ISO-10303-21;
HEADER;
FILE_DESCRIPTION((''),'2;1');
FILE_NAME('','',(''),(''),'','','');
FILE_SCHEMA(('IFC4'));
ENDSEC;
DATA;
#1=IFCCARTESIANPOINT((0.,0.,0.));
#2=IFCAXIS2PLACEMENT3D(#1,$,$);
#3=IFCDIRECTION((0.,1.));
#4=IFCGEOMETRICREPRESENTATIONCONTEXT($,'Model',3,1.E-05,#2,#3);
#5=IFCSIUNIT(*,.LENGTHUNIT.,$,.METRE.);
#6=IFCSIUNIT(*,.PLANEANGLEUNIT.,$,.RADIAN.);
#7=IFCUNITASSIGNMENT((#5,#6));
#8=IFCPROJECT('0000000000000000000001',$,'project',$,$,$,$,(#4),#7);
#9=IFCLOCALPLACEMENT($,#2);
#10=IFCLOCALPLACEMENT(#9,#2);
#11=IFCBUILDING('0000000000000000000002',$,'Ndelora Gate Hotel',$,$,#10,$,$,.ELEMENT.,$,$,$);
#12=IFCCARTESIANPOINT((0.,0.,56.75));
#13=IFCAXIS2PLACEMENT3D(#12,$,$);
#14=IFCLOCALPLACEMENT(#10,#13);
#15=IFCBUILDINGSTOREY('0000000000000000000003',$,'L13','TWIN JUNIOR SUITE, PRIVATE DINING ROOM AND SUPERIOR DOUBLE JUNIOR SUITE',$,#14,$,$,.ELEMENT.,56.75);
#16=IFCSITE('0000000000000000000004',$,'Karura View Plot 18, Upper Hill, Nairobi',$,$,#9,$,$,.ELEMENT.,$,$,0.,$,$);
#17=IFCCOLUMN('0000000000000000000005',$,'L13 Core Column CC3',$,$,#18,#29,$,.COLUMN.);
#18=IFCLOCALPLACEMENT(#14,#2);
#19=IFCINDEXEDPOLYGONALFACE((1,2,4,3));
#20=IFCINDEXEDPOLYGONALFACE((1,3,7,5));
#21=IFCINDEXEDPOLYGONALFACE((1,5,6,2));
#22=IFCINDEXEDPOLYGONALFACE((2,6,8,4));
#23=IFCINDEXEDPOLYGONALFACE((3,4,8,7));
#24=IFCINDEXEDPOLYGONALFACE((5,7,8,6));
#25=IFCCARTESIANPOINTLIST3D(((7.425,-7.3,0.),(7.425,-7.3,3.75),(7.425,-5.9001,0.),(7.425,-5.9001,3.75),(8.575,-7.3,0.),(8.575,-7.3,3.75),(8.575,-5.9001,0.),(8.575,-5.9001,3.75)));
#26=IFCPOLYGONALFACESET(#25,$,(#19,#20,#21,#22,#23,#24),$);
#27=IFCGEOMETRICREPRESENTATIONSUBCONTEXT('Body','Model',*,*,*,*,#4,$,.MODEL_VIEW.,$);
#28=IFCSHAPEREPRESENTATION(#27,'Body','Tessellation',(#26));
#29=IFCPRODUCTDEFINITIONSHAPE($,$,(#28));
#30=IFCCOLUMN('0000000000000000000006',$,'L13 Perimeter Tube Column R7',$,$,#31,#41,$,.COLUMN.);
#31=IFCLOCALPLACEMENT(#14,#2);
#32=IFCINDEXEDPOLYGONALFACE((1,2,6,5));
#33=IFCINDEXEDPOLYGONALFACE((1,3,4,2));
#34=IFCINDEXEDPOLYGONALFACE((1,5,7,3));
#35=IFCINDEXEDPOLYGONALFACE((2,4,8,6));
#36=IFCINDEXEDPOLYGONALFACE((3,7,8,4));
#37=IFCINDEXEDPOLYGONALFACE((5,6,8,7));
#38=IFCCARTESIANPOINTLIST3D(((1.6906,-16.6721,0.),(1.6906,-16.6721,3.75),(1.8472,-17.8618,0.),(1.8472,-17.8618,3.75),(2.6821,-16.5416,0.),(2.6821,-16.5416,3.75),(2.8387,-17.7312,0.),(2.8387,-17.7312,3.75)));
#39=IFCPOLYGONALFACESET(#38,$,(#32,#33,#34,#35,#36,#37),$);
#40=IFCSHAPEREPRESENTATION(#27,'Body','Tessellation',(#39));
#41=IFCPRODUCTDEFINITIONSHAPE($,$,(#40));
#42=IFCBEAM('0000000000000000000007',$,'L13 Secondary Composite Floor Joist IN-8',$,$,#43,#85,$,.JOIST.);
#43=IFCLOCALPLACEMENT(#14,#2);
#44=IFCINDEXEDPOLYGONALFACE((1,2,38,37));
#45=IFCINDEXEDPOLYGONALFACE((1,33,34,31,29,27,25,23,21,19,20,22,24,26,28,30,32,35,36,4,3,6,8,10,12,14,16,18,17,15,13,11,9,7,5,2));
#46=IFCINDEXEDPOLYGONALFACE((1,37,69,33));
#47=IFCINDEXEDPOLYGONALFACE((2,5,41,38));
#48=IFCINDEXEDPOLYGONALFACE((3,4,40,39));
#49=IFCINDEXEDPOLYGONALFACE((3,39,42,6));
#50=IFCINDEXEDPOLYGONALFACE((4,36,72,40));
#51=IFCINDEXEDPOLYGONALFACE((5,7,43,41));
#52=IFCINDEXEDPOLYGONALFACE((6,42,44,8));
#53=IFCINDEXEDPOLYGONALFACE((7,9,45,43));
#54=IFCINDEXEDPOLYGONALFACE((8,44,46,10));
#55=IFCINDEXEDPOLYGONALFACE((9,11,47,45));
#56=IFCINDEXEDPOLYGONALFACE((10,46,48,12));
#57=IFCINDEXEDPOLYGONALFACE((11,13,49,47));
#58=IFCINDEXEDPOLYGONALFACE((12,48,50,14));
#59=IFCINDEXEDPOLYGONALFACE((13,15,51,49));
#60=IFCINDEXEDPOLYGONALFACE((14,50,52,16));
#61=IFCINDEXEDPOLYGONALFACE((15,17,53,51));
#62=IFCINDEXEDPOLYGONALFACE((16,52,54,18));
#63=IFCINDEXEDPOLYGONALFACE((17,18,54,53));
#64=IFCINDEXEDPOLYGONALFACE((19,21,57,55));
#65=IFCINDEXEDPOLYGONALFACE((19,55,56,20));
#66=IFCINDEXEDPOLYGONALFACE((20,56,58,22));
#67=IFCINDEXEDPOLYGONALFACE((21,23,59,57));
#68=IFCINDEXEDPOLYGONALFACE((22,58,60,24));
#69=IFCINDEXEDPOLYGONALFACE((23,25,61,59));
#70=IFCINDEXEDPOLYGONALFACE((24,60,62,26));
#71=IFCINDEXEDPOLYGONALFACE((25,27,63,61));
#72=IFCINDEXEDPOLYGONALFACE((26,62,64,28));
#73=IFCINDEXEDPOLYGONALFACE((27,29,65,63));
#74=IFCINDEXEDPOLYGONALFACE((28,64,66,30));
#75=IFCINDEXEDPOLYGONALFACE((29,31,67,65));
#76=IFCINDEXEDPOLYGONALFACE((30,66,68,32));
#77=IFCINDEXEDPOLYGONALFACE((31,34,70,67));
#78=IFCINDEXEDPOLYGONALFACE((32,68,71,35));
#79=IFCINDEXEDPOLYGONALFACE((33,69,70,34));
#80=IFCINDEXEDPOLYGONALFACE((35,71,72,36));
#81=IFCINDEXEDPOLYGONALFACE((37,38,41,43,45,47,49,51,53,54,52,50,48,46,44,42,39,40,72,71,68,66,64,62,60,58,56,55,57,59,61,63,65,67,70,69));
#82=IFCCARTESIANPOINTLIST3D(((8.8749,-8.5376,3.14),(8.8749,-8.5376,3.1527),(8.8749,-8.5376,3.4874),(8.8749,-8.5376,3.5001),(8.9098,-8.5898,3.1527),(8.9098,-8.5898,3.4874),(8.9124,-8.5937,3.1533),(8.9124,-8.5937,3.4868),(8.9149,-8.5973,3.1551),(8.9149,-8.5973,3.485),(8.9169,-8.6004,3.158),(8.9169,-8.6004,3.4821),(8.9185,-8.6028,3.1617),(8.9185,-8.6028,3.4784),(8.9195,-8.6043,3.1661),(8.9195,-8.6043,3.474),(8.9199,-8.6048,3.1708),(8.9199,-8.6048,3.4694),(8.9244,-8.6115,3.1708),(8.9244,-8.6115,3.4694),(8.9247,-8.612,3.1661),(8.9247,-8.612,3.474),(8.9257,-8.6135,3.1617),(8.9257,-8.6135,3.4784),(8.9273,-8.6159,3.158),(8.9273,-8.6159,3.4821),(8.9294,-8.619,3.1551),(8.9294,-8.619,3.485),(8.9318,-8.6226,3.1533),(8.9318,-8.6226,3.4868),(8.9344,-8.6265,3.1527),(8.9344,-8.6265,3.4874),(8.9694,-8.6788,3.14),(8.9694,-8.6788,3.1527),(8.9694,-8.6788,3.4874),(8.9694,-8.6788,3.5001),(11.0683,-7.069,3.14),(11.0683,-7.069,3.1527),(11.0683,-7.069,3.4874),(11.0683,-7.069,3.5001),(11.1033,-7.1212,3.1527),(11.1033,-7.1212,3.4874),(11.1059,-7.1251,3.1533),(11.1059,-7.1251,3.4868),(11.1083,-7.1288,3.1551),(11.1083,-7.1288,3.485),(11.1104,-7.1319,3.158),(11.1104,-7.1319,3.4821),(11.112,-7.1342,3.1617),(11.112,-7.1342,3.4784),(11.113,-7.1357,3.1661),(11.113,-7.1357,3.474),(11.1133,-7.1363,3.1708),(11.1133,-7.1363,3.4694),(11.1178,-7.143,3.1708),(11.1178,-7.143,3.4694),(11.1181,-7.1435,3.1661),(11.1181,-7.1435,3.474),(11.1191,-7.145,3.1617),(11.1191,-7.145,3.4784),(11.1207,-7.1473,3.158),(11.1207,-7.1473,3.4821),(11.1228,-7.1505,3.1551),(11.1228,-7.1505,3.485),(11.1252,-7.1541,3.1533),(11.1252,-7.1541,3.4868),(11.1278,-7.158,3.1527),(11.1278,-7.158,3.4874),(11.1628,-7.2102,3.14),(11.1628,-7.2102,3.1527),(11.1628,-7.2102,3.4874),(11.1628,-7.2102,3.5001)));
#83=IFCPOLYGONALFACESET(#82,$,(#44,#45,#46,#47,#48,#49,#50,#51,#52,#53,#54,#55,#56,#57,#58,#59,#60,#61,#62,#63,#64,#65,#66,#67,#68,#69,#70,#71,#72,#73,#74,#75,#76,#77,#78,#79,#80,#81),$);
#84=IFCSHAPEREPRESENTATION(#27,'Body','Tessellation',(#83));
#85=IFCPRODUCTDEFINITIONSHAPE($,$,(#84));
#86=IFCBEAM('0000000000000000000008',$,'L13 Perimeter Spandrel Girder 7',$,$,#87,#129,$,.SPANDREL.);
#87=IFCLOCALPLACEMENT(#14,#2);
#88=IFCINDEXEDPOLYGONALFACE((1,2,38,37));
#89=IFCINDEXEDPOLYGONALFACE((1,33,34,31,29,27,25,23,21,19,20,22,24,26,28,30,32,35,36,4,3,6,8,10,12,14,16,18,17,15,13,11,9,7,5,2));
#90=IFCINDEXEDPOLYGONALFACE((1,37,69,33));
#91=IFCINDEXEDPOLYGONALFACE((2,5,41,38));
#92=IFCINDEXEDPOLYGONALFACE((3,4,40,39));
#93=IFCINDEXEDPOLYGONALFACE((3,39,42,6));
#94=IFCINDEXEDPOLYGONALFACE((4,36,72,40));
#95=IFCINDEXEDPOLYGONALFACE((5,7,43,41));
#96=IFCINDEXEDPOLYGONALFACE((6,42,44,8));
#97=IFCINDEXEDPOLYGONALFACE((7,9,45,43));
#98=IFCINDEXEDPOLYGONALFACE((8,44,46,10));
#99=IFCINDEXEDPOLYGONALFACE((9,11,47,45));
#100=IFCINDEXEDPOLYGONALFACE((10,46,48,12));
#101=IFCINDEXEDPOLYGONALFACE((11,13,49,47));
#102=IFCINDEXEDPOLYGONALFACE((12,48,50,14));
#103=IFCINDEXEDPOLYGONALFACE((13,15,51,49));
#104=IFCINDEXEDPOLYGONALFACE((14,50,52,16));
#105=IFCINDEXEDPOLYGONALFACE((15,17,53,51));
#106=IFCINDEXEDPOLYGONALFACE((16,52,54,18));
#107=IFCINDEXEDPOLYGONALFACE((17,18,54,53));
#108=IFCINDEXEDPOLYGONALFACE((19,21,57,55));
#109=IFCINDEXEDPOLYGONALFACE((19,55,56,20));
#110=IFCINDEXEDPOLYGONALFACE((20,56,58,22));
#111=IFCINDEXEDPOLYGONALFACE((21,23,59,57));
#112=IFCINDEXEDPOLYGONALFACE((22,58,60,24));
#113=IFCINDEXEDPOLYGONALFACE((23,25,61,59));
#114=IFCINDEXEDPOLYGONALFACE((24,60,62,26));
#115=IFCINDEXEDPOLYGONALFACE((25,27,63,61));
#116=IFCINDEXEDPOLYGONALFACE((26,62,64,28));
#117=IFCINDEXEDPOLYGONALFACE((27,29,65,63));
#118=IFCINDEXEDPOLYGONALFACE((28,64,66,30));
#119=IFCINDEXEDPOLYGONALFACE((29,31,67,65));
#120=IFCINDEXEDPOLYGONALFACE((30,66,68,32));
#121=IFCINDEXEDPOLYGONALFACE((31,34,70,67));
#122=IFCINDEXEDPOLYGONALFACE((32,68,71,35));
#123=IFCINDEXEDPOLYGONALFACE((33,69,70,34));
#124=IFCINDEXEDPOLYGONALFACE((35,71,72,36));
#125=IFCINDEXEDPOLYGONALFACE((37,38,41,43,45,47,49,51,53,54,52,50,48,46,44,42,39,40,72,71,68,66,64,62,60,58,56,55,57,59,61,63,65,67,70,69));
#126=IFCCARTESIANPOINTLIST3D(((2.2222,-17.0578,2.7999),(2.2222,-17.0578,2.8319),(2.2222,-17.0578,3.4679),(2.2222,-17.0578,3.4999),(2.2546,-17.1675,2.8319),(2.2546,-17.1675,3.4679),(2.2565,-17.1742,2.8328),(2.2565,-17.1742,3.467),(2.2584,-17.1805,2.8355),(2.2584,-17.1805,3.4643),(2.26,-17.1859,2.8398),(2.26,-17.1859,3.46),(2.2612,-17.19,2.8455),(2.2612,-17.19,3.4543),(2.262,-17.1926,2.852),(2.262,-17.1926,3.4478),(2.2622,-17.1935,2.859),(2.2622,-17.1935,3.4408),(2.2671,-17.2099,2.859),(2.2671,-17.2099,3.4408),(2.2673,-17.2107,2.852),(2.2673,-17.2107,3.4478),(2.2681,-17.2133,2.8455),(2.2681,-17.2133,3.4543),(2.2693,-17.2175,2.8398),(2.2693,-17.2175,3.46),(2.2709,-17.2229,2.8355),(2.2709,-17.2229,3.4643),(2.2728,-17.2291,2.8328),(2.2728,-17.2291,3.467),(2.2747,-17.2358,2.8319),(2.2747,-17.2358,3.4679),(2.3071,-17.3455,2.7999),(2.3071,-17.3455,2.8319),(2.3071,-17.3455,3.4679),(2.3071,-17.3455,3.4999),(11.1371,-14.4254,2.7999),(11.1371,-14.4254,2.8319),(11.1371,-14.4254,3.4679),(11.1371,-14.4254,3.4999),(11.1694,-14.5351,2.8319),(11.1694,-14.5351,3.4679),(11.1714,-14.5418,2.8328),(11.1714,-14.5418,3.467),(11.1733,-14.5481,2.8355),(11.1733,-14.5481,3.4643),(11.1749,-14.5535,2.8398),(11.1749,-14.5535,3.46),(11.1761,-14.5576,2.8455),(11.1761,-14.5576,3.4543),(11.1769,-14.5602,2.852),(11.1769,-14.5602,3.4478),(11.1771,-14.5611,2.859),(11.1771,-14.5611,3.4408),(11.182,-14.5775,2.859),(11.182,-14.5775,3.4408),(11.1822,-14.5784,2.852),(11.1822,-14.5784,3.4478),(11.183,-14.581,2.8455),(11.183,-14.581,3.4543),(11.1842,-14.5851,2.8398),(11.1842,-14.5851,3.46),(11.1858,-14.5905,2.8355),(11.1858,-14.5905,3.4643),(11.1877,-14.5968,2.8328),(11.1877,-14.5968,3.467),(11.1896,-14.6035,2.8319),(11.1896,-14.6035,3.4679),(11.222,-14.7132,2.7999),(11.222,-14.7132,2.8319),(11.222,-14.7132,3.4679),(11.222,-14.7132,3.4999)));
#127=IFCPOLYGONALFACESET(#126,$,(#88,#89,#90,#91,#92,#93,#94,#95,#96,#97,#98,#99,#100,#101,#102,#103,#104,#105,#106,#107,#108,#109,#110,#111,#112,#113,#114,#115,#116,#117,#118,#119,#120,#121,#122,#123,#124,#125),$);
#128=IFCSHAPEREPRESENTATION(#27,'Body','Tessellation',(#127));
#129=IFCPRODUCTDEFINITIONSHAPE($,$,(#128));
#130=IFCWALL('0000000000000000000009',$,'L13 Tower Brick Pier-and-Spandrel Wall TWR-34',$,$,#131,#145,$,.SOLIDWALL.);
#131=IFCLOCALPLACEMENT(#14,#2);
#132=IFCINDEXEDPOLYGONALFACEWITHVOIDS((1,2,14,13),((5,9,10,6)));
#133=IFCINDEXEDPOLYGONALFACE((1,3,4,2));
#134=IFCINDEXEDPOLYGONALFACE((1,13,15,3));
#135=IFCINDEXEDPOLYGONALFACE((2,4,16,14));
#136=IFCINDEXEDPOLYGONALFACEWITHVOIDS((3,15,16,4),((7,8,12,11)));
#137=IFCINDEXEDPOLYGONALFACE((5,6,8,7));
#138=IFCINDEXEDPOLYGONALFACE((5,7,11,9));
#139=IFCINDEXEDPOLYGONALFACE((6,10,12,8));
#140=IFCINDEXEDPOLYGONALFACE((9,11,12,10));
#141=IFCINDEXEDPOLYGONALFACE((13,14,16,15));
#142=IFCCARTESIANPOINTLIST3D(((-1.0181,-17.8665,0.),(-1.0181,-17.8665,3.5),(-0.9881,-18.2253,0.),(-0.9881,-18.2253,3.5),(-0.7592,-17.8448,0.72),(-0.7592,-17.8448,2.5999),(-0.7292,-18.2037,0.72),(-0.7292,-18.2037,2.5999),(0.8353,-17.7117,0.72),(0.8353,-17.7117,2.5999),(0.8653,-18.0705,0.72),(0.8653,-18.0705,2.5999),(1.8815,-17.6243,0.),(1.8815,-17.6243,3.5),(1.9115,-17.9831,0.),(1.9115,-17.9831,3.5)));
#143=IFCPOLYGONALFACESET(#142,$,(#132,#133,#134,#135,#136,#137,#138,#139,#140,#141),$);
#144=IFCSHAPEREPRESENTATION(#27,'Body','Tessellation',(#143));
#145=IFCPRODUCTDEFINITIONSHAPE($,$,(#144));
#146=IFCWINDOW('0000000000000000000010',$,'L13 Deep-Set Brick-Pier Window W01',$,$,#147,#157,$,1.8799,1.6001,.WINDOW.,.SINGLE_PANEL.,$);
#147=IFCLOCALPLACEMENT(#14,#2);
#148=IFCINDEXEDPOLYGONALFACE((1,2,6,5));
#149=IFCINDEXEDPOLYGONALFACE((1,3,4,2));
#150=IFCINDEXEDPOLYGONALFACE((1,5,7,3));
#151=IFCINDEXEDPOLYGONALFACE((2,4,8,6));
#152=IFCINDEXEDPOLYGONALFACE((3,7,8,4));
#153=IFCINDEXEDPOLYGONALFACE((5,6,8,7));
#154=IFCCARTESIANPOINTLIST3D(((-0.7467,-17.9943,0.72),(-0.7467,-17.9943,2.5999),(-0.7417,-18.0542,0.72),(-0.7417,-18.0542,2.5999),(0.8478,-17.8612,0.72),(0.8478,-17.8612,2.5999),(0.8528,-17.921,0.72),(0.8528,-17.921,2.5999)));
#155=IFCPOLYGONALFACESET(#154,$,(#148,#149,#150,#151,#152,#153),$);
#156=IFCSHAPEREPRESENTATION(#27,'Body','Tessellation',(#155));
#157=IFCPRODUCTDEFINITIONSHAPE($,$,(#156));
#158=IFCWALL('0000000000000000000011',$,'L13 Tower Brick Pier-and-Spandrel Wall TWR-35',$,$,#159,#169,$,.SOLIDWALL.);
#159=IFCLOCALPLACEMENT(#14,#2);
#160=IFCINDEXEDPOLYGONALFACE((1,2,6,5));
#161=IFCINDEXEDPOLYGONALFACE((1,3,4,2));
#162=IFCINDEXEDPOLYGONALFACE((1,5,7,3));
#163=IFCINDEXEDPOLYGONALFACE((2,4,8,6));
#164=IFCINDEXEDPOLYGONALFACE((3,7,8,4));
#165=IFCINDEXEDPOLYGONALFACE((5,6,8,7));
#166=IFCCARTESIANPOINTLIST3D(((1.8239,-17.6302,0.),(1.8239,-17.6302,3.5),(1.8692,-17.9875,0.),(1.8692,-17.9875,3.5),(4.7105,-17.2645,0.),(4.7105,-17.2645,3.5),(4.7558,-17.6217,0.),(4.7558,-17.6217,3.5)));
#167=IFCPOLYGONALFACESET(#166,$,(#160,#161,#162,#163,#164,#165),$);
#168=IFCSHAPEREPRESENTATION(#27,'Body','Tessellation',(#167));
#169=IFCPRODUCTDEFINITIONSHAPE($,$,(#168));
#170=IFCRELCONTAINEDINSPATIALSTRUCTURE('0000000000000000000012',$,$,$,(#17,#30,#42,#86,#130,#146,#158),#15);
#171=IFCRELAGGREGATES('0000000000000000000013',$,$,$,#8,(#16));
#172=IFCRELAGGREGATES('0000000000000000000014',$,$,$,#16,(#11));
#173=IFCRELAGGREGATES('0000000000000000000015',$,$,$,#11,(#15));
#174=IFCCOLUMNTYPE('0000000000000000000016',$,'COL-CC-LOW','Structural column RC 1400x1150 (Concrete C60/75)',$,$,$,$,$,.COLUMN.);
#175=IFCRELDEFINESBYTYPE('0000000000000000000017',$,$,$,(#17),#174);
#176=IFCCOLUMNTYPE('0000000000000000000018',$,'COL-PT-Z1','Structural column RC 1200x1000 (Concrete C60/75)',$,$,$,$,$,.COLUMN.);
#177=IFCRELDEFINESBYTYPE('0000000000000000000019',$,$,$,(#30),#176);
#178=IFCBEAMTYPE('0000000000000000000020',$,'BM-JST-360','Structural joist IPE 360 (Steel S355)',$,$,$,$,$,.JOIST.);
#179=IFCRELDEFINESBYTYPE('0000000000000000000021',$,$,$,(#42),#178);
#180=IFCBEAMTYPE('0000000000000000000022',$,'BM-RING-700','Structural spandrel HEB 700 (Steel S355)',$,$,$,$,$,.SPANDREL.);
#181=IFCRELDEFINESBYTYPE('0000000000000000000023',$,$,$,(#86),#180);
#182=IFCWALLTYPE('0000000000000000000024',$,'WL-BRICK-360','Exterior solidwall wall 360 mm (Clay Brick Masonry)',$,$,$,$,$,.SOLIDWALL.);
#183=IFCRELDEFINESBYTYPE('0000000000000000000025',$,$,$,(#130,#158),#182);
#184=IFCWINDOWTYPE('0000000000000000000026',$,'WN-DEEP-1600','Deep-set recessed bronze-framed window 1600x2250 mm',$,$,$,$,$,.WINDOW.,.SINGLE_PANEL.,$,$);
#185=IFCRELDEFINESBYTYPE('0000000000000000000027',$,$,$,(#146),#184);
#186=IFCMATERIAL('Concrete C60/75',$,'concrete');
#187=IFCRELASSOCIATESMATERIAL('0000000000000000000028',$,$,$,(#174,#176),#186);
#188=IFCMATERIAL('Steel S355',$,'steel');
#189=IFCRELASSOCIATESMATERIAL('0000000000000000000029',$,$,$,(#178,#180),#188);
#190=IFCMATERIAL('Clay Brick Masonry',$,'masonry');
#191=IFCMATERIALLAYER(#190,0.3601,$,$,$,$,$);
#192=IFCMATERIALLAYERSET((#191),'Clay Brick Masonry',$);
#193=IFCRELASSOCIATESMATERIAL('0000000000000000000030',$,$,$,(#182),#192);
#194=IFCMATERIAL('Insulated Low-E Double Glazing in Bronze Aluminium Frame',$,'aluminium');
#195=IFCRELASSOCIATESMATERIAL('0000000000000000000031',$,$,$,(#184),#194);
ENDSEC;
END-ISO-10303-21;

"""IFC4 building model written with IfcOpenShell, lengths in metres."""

from ifc_helpers import new_model, si_unit, direction, frame, frame_2d, origin, origin_2d, place, context, subcontext, project, spatial, rectangle, i_section, extrude, material, layer, layer_set, material_profile, profile_set, type_object, element, fill, save


model = new_model("IFC4")

# Units and contexts
model_context = context("Model", 3, precision=1e-05, world=origin(), true_north=direction((0.0, 1.0)))
body_context = subcontext(model_context, "Body", "Model", "MODEL_VIEW")
ifc_project = project(units=[si_unit("LENGTHUNIT", "METRE"), si_unit("PLANEANGLEUNIT", "RADIAN")], contexts=[model_context])

# Site, building, storey
site_placement = place(None, origin())
site = spatial("IfcSite", under=ifc_project, at=site_placement, Name="Karura View Plot 18, Upper Hill, Nairobi", CompositionType="ELEMENT", RefElevation=0.0)
building_placement = place(site_placement, origin())
building = spatial("IfcBuilding", under=site, at=building_placement, Name="Ndelora Gate Hotel", CompositionType="ELEMENT")
storey_placement = place(building_placement, frame((0.0, 0.0, 56.75)))
storey = spatial("IfcBuildingStorey", under=building, at=storey_placement, Name="L13", Description="TWIN JUNIOR SUITE, PRIVATE DINING ROOM AND SUPERIOR DOUBLE JUNIOR SUITE", CompositionType="ELEMENT", Elevation=56.75)

# Columns
ifc_material_1 = material(Name="Concrete C60/75", Category="concrete")
ifc_material_profile_1 = material_profile(ifc_material_1, rectangle(XDim=1.1499, YDim=1.3999, at=origin_2d()), Name="RC 1400x1150")
ifc_profile_set_1 = profile_set([ifc_material_profile_1], Name="Concrete C60/75")
column_type_1 = type_object("IfcColumnType", Name="COL-CC-LOW", Description="Structural column RC 1400x1150 (Concrete C60/75)", PredefinedType="COLUMN", material=ifc_profile_set_1)
column_1_placement = place(storey_placement, frame((8.0, -6.6001, 0.0), z_axis=(0.0, 0.0, 1.0), x_axis=(1.0, 0.0, 0.0)))
element("IfcColumn", 1, at=column_1_placement, inside=storey, type_object=column_type_1, Name="L13 Core Column CC3", PredefinedType="COLUMN", context=body_context, shape_type="SweptSolid", body=[
    extrude(rectangle(XDim=1.1499, YDim=1.3999, at=origin_2d()), origin(), (0.0, 0.0, 1.0), 3.75),
])
ifc_material_profile_2 = material_profile(ifc_material_1, rectangle(XDim=1.0, YDim=1.2, at=origin_2d()), Name="RC 1200x1000")
ifc_profile_set_2 = profile_set([ifc_material_profile_2], Name="Concrete C60/75")
column_type_2 = type_object("IfcColumnType", Name="COL-PT-Z1", Description="Structural column RC 1200x1000 (Concrete C60/75)", PredefinedType="COLUMN", material=ifc_profile_set_2)
column_2_placement = place(storey_placement, frame((2.2646, -17.2017, 0.0), z_axis=(0.0, 0.0, 1.0), x_axis=(0.991445, 0.130526, 0.0)))
element("IfcColumn", 2, at=column_2_placement, inside=storey, type_object=column_type_2, Name="L13 Perimeter Tube Column R7", PredefinedType="COLUMN", context=body_context, shape_type="SweptSolid", body=[
    extrude(rectangle(XDim=1.0, YDim=1.2, at=origin_2d()), origin(), (0.0, 0.0, 1.0), 3.75),
])

# Beams
ifc_material_2 = material(Name="Steel S355", Category="steel")
ifc_material_profile_3 = material_profile(ifc_material_2, i_section(OverallWidth=0.1699, OverallDepth=0.3601, WebThickness=0.0081, FlangeThickness=0.0127, FilletRadius=0.0181, at=origin_2d()), Name="IPE 360")
ifc_profile_set_3 = profile_set([ifc_material_profile_3], Name="Steel S355")
beam_type_1 = type_object("IfcBeamType", Name="BM-JST-360", Description="Structural joist IPE 360 (Steel S355)", PredefinedType="JOIST", material=ifc_profile_set_3)
beam_1_placement = place(storey_placement, frame((8.9221, -8.6082, 3.3201), z_axis=(0.830953, 0.556343, 0.0), x_axis=(-0.556343, 0.830953, 0.0)))
element("IfcBeam", 3, at=beam_1_placement, inside=storey, type_object=beam_type_1, Name="L13 Secondary Composite Floor Joist IN-8", PredefinedType="JOIST", context=body_context, shape_type="SweptSolid", body=[
    extrude(i_section(OverallWidth=0.1699, OverallDepth=0.3601, WebThickness=0.0081, FlangeThickness=0.0127, FilletRadius=0.0181, at=origin_2d()), origin(), (0.0, 0.0, 1.0), 2.6396),
])
ifc_material_profile_4 = material_profile(ifc_material_2, i_section(OverallWidth=0.3, OverallDepth=0.7, WebThickness=0.0171, FlangeThickness=0.032, FilletRadius=0.0271, at=origin_2d()), Name="HEB 700")
ifc_profile_set_4 = profile_set([ifc_material_profile_4], Name="Steel S355")
beam_type_2 = type_object("IfcBeamType", Name="BM-RING-700", Description="Structural spandrel HEB 700 (Steel S355)", PredefinedType="SPANDREL", material=ifc_profile_set_4)
beam_2_placement = place(storey_placement, frame((2.2646, -17.2017, 3.1499), z_axis=(0.959064, 0.283189, 0.0), x_axis=(-0.283189, 0.959064, 0.0)))
element("IfcBeam", 4, at=beam_2_placement, inside=storey, type_object=beam_type_2, Name="L13 Perimeter Spandrel Girder 7", PredefinedType="SPANDREL", context=body_context, shape_type="SweptSolid", body=[
    extrude(i_section(OverallWidth=0.3, OverallDepth=0.7, WebThickness=0.0171, FlangeThickness=0.032, FilletRadius=0.0271, at=origin_2d()), origin(), (0.0, 0.0, 1.0), 9.2954),
])

# Wall, opening, window
ifc_material_3 = material(Name="Clay Brick Masonry", Category="masonry")
ifc_layer_1 = layer(ifc_material_3, 0.3601)
ifc_layer_set_1 = layer_set([ifc_layer_1], Name="Clay Brick Masonry")
wall_type_1 = type_object("IfcWallType", Name="WL-BRICK-360", Description="Exterior solidwall wall 360 mm (Clay Brick Masonry)", PredefinedType="SOLIDWALL", material=ifc_layer_set_1)
wall_1_placement = place(storey_placement, frame((1.8965, -17.8037, 0.0), z_axis=(0.0, 0.0, 1.0), x_axis=(-0.99653, -0.083233, 0.0)))
wall_1 = element("IfcWall", 5, at=wall_1_placement, inside=storey, type_object=wall_type_1, Name="L13 Tower Brick Pier-and-Spandrel Wall TWR-34", PredefinedType="SOLIDWALL", context=body_context, shape_type="SweptSolid", body=[
    extrude(rectangle(XDim=2.9097, YDim=0.3601, at=frame_2d((1.4548, 0.0))), origin(), (0.0, 0.0, 1.0), 3.5),
])
opening_1_placement = place(wall_1_placement, frame((1.0498, 0.0, 0.72)))
opening_1 = element("IfcOpeningElement", 6, at=opening_1_placement, cuts=wall_1, PredefinedType="OPENING", context=body_context, shape_type="SweptSolid", body=[
    extrude(rectangle(XDim=1.6001, YDim=1.8799, at=frame_2d((0.8, 0.9399))), frame((0.0, 0.1899, 0.0), z_axis=(0.0, -1.0, 0.0), x_axis=(1.0, 0.0, 0.0)), (0.0, 0.0, 1.0), 0.3801),
])
ifc_material_4 = material(Name="Insulated Low-E Double Glazing in Bronze Aluminium Frame", Category="aluminium")
window_type = type_object("IfcWindowType", Name="WN-DEEP-1600", Description="Deep-set recessed bronze-framed window 1600x2250 mm", PartitioningType="SINGLE_PANEL", PredefinedType="WINDOW", material=ifc_material_4)
window_1_placement = place(opening_1_placement, origin())
window_1 = element("IfcWindow", 7, at=window_1_placement, inside=storey, type_object=window_type, Name="L13 Deep-Set Brick-Pier Window W01", OverallHeight=1.8799, OverallWidth=1.6001, PartitioningType="SINGLE_PANEL", PredefinedType="WINDOW", context=body_context, shape_type="SweptSolid", body=[
    extrude(rectangle(XDim=1.6001, YDim=1.8799, at=frame_2d((0.8, 0.9399))), frame((0.0, 0.03, 0.0), z_axis=(0.0, -1.0, 0.0), x_axis=(1.0, 0.0, 0.0)), (0.0, 0.0, 1.0), 0.0601),
])
fill(opening_1, window_1)

# Wall
wall_2_placement = place(storey_placement, frame((4.7332, -17.4431, 0.0), z_axis=(0.0, 0.0, 1.0), x_axis=(-0.992069, -0.125697, 0.0)))
element("IfcWall", 8, at=wall_2_placement, inside=storey, type_object=wall_type_1, Name="L13 Tower Brick Pier-and-Spandrel Wall TWR-35", PredefinedType="SOLIDWALL", context=body_context, shape_type="SweptSolid", body=[
    extrude(rectangle(XDim=2.9097, YDim=0.3601, at=frame_2d((1.4548, 0.0))), origin(), (0.0, 0.0, 1.0), 3.5),
])

save(model, "model.ifc")
